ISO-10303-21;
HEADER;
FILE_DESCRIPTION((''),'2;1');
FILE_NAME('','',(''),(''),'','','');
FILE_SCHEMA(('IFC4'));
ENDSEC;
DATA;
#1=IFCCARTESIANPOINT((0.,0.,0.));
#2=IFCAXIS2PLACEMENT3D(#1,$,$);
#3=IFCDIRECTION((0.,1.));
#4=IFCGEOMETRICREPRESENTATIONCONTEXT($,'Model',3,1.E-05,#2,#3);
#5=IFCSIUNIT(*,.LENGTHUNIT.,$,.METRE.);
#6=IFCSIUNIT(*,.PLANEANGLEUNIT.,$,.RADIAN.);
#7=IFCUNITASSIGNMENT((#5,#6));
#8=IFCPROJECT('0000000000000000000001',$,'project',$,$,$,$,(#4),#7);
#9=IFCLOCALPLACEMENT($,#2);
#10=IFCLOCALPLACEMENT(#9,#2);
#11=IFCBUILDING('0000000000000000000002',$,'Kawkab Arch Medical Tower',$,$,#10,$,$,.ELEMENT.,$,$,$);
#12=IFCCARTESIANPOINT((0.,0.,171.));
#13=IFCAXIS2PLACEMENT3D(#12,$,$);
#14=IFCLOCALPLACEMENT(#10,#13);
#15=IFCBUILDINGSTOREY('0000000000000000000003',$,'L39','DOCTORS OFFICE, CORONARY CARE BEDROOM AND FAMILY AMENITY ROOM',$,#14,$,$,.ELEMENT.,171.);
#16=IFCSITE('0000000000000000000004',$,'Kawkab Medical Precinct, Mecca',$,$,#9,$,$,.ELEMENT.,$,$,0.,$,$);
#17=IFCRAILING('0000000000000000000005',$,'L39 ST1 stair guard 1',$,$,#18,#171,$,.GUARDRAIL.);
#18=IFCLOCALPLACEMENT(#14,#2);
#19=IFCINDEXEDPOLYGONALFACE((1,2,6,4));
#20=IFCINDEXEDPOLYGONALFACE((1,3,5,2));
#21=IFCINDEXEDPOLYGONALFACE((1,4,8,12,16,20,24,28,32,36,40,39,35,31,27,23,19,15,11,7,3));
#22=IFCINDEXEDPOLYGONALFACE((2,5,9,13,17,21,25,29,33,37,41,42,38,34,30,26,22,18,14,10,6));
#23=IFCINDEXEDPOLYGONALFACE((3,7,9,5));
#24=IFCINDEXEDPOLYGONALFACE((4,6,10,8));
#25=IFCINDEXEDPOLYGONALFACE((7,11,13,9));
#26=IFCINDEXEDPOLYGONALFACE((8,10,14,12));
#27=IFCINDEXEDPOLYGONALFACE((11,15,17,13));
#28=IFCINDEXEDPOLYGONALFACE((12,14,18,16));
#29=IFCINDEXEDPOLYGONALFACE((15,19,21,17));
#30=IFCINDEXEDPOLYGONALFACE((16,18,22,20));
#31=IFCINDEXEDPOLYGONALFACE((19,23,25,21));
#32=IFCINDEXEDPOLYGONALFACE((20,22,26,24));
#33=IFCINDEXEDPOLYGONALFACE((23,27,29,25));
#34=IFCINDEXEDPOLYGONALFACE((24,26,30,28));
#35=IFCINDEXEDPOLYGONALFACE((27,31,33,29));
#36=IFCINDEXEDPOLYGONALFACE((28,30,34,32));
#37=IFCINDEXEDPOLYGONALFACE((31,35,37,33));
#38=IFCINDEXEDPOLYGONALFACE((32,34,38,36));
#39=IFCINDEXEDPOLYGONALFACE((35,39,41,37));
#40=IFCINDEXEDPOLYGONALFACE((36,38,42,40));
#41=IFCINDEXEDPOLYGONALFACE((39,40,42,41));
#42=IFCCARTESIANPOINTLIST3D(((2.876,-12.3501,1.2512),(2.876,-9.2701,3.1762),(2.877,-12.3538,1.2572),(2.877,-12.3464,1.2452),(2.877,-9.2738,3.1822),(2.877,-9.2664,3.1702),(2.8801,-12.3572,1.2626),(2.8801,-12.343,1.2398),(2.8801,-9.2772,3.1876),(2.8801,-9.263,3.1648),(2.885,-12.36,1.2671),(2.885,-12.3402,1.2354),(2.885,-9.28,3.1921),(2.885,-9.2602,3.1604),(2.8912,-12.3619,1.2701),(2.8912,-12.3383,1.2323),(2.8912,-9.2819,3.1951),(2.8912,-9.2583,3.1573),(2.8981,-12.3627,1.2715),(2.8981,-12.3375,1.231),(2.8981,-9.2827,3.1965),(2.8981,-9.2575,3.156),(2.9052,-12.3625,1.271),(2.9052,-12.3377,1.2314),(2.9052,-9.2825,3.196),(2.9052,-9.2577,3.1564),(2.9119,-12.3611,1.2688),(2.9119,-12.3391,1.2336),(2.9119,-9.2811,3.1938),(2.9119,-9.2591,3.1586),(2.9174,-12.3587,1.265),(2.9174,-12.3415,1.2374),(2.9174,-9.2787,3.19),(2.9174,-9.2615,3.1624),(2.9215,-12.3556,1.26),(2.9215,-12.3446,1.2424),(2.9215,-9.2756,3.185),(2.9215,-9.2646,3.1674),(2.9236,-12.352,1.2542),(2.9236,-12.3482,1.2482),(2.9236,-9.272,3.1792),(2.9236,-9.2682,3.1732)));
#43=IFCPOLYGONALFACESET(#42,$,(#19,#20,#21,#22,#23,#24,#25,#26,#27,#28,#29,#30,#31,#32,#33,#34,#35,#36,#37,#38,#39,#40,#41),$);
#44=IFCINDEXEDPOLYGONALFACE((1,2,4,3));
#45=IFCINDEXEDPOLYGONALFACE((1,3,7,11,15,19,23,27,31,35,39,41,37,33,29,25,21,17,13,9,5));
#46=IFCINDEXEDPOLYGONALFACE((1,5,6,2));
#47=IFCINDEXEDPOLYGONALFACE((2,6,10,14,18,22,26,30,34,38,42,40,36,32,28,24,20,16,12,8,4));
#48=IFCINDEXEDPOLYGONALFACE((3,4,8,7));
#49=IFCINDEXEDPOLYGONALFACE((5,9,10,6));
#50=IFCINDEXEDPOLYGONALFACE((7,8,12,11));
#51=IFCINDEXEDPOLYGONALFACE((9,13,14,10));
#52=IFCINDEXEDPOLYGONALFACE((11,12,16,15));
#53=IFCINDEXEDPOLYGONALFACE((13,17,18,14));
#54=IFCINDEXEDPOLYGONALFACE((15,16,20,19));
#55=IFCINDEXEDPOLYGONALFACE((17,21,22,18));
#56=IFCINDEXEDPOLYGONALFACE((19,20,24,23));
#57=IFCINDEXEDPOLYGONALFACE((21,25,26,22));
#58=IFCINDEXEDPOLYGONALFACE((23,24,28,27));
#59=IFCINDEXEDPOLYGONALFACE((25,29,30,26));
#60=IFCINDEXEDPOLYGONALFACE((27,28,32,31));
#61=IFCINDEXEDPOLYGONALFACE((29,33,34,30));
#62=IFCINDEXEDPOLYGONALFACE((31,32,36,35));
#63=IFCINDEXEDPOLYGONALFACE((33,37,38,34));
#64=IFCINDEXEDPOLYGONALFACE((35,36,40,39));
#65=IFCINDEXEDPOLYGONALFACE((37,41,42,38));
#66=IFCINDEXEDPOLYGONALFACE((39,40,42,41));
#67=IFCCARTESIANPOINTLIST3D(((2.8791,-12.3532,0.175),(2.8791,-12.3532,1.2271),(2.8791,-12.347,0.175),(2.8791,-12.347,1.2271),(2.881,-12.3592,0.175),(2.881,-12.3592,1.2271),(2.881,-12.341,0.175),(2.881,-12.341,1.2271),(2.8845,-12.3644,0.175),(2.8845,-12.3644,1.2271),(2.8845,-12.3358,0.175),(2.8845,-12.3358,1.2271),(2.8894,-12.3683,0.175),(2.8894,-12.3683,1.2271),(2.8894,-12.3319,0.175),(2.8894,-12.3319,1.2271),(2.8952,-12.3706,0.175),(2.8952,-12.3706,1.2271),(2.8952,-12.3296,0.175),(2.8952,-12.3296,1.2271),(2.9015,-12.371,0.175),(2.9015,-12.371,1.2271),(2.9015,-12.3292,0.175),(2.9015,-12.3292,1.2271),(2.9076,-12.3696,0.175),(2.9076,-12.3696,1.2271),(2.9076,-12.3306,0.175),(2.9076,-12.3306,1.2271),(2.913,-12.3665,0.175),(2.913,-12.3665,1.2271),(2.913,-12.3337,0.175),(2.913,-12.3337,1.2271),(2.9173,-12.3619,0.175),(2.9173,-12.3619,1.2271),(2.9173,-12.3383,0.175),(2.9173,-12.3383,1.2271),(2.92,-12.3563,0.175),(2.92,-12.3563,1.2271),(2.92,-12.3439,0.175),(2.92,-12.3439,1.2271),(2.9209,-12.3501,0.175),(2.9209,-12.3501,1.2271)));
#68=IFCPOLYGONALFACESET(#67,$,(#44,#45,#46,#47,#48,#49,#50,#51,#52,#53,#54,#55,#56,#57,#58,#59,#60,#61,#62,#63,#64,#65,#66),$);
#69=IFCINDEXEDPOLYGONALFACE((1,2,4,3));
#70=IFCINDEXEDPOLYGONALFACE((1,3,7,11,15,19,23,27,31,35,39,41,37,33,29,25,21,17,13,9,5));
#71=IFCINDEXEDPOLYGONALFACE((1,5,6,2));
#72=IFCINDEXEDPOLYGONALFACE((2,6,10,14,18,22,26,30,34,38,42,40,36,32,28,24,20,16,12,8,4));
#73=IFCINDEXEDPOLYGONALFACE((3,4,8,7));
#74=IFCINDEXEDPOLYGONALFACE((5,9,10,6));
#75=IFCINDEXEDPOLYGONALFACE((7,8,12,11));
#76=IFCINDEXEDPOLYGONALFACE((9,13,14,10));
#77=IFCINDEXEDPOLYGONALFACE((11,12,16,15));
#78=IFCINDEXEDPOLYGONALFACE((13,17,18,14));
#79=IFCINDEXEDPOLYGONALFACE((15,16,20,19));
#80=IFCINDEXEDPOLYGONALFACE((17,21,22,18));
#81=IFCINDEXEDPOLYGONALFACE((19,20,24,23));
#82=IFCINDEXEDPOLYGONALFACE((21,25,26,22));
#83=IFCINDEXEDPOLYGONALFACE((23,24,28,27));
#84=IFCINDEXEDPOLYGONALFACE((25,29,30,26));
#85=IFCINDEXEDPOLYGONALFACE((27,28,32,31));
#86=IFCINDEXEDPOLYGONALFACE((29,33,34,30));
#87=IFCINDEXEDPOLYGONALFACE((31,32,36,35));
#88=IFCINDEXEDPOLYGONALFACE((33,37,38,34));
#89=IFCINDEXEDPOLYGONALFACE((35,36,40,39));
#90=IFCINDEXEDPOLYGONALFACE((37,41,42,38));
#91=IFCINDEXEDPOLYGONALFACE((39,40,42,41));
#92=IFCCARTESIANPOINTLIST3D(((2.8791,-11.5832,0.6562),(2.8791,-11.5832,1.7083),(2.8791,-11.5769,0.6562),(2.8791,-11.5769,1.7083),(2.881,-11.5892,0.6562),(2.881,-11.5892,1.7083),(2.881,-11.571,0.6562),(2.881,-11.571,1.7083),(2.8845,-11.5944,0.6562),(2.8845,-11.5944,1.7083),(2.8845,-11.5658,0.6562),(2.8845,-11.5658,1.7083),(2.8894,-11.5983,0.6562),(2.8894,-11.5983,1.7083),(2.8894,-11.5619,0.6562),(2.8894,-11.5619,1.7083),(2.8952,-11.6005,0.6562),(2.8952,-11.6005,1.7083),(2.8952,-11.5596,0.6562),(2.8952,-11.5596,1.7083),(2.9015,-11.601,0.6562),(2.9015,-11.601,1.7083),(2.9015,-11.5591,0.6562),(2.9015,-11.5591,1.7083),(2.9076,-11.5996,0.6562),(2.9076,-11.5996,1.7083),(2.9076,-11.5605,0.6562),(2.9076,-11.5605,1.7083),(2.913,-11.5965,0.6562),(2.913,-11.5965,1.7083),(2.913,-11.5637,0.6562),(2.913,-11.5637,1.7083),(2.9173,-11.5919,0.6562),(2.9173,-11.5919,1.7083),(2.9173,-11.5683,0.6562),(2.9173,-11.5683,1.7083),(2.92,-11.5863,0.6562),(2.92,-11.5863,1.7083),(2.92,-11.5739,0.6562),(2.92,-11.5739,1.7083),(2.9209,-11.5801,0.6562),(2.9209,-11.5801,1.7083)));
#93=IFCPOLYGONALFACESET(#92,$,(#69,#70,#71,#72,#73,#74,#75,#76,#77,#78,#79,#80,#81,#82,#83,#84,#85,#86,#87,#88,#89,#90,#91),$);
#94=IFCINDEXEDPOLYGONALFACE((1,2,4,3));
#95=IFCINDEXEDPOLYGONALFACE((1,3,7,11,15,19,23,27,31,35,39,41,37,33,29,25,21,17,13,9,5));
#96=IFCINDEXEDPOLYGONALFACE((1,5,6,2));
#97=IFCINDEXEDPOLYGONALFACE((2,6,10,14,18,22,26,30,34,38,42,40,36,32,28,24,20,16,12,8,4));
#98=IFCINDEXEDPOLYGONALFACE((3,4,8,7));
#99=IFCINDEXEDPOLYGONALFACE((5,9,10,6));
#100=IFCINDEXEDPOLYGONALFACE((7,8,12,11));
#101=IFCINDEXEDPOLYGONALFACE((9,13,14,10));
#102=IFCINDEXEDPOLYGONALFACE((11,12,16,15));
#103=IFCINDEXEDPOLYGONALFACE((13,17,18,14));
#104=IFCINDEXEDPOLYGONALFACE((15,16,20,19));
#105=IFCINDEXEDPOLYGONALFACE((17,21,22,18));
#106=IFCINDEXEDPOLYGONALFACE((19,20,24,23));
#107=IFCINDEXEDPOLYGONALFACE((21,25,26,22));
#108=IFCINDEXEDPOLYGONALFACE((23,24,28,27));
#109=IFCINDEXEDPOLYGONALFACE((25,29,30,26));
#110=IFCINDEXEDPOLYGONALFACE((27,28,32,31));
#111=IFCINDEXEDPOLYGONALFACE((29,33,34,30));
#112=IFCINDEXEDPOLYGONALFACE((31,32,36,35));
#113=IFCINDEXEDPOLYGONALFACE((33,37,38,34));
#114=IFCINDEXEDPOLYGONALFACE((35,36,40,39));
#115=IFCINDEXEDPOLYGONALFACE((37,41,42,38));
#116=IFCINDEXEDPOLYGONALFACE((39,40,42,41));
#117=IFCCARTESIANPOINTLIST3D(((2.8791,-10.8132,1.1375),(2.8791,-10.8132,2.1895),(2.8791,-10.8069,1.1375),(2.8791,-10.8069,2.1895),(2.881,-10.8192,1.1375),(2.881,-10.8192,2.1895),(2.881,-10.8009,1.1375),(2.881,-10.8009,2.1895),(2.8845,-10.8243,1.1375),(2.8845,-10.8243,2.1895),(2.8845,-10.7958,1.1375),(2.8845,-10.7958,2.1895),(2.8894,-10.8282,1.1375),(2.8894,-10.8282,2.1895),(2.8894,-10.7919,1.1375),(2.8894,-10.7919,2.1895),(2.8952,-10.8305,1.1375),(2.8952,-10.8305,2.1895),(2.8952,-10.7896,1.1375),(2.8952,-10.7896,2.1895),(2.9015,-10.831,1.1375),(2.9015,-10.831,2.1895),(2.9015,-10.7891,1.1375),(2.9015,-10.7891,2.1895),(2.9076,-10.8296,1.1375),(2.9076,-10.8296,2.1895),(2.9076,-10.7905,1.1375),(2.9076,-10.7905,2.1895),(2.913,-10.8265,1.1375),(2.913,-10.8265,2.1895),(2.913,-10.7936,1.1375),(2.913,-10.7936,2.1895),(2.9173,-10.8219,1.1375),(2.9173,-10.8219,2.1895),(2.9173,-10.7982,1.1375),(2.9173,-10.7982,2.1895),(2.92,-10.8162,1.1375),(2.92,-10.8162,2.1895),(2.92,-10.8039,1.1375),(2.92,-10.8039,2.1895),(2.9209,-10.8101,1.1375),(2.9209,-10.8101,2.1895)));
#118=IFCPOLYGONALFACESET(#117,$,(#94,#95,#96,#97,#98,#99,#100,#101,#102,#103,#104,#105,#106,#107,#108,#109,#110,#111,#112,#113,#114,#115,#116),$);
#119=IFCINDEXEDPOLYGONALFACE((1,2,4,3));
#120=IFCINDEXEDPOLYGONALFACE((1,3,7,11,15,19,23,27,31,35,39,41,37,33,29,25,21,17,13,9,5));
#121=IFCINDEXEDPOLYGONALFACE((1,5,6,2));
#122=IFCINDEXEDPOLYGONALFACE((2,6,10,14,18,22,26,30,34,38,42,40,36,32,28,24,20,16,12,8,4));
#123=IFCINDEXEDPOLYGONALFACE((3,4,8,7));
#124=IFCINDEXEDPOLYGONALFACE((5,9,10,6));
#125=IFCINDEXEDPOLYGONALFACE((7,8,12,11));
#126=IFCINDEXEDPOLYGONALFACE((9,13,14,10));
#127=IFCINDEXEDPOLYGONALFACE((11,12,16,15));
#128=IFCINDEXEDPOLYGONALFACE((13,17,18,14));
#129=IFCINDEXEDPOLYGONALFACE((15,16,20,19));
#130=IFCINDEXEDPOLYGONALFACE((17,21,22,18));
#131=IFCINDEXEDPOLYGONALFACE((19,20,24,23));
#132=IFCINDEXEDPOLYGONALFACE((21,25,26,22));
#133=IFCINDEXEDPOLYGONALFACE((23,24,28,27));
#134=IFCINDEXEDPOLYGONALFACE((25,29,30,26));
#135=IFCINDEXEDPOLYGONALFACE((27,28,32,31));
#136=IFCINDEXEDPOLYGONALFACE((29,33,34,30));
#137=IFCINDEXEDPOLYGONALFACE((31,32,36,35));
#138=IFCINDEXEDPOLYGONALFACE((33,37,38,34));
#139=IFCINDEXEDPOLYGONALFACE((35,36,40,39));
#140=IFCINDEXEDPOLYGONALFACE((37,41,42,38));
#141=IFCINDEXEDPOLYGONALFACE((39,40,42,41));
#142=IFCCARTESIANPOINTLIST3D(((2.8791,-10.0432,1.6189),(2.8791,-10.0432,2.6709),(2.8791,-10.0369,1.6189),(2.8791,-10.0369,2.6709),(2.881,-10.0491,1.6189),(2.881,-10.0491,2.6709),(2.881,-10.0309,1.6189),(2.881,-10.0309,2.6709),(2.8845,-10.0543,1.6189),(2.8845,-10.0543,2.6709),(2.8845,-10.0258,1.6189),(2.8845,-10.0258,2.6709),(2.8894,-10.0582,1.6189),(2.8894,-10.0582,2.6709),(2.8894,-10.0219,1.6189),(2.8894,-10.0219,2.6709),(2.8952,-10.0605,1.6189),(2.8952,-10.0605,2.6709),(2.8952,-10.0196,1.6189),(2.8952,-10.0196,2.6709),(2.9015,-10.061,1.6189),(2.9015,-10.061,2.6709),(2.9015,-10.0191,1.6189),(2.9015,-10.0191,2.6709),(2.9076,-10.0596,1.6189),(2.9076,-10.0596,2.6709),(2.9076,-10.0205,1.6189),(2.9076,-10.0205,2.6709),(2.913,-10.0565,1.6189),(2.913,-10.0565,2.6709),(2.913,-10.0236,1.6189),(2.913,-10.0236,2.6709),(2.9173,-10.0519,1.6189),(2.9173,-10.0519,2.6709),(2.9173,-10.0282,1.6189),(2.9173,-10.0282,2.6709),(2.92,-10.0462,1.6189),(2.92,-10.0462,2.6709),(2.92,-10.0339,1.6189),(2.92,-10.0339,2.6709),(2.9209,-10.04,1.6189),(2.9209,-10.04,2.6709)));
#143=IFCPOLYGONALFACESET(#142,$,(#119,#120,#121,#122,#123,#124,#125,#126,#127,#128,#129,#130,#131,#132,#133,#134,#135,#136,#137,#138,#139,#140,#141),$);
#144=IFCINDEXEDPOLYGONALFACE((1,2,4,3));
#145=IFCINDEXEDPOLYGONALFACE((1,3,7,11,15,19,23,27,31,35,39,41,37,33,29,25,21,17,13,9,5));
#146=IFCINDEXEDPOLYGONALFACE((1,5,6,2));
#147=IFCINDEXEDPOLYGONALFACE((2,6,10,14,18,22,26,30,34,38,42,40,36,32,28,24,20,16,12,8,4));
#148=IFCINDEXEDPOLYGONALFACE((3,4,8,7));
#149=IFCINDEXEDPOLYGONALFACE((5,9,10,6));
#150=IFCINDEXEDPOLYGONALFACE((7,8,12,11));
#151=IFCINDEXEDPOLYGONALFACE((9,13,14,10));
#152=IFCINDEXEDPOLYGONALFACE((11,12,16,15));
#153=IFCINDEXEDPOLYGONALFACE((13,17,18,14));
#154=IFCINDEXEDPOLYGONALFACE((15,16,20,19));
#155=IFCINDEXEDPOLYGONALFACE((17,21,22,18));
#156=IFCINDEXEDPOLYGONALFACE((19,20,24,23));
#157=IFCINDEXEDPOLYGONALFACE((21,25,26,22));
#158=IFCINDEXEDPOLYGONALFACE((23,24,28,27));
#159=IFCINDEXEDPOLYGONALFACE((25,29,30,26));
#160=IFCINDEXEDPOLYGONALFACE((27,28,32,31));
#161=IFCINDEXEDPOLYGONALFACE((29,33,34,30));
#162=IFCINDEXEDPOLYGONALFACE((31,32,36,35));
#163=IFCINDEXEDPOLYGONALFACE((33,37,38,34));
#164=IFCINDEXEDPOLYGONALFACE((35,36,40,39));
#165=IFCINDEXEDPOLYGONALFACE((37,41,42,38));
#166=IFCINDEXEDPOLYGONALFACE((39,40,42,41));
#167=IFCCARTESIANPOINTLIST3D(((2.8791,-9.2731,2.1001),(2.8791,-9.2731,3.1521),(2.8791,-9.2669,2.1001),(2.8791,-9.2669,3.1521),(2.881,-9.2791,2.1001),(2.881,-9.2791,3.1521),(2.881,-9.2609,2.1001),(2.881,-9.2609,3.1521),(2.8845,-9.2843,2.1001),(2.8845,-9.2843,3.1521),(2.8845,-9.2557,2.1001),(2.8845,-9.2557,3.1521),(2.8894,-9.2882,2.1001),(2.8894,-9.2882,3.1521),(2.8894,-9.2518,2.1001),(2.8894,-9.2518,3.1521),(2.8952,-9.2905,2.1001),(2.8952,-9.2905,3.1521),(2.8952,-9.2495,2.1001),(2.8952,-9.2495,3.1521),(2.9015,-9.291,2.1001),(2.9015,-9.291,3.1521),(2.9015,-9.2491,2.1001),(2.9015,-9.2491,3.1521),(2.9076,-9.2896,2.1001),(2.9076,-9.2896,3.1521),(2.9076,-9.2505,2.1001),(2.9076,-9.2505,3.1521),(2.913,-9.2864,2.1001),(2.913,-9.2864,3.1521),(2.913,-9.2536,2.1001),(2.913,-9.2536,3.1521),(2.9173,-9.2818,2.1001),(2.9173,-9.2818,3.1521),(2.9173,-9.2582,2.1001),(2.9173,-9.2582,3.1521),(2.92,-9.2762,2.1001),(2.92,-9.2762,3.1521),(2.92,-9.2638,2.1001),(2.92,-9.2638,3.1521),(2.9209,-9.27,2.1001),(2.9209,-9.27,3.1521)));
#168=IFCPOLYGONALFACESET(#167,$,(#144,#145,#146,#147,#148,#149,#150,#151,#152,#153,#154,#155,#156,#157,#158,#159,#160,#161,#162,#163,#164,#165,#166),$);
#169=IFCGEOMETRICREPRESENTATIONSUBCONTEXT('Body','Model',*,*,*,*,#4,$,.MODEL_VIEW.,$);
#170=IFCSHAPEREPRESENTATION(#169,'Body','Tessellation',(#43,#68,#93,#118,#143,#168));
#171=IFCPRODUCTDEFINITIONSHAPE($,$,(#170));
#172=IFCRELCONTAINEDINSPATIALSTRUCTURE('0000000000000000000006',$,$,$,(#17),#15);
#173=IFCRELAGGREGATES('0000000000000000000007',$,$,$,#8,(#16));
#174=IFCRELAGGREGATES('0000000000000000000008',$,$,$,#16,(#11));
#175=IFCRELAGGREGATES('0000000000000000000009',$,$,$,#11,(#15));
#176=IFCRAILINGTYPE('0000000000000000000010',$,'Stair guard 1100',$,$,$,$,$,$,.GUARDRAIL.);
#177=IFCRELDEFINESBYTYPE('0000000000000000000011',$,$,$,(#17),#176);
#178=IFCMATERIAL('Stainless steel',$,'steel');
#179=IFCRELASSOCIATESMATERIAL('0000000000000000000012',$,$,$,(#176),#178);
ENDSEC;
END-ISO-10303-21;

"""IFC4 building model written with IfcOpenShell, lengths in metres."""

from ifc_helpers import new_model, si_unit, direction, frame, origin, origin_2d, place, context, subcontext, project, spatial, circle, extrude, material, type_object, element, save


model = new_model("IFC4")

# Units and contexts
model_context = context("Model", 3, precision=1e-05, world=origin(), true_north=direction((0.0, 1.0)))
body_context = subcontext(model_context, "Body", "Model", "MODEL_VIEW")
ifc_project = project(units=[si_unit("LENGTHUNIT", "METRE"), si_unit("PLANEANGLEUNIT", "RADIAN")], contexts=[model_context])

# Site, building, storey
site_placement = place(None, origin())
site = spatial("IfcSite", under=ifc_project, at=site_placement, Name="Kawkab Medical Precinct, Mecca", CompositionType="ELEMENT", RefElevation=0.0)
building_placement = place(site_placement, origin())
building = spatial("IfcBuilding", under=site, at=building_placement, Name="Kawkab Arch Medical Tower", CompositionType="ELEMENT")
storey_placement = place(building_placement, frame((0.0, 0.0, 171.0)))
storey = spatial("IfcBuildingStorey", under=building, at=storey_placement, Name="L39", Description="DOCTORS OFFICE, CORONARY CARE BEDROOM AND FAMILY AMENITY ROOM", CompositionType="ELEMENT", Elevation=171.0)

# Railing
ifc_material_1 = material(Name="Stainless steel", Category="steel")
railing_type = type_object("IfcRailingType", Name="Stair guard 1100", PredefinedType="GUARDRAIL", material=ifc_material_1)
railing_1_placement = place(storey_placement, frame((2.8999, -12.3501, 0.175)))
element("IfcRailing", 1, at=railing_1_placement, inside=storey, type_object=railing_type, Name="L39 ST1 stair guard 1", PredefinedType="GUARDRAIL", context=body_context, shape_type="SweptSolid", body=[
    extrude(circle(Radius=0.0239, at=origin_2d()), frame((0.0, 0.0, 1.0762), z_axis=(0.0, 0.847998, 0.529999), x_axis=(-1.0, 0.0, 0.0)), (0.0, 0.0, 1.0), 3.6321),
    extrude(circle(Radius=0.021, at=origin_2d()), origin(), (0.0, 0.0, 1.0), 1.052),
    extrude(circle(Radius=0.021, at=origin_2d()), frame((0.0, 0.77, 0.4812)), (0.0, 0.0, 1.0), 1.052),
    extrude(circle(Radius=0.021, at=origin_2d()), frame((0.0, 1.54, 0.9624)), (0.0, 0.0, 1.0), 1.052),
    extrude(circle(Radius=0.021, at=origin_2d()), frame((0.0, 2.3101, 1.4438)), (0.0, 0.0, 1.0), 1.052),
    extrude(circle(Radius=0.021, at=origin_2d()), frame((0.0, 3.0801, 1.925)), (0.0, 0.0, 1.0), 1.052),
])

save(model, "model.ifc")
